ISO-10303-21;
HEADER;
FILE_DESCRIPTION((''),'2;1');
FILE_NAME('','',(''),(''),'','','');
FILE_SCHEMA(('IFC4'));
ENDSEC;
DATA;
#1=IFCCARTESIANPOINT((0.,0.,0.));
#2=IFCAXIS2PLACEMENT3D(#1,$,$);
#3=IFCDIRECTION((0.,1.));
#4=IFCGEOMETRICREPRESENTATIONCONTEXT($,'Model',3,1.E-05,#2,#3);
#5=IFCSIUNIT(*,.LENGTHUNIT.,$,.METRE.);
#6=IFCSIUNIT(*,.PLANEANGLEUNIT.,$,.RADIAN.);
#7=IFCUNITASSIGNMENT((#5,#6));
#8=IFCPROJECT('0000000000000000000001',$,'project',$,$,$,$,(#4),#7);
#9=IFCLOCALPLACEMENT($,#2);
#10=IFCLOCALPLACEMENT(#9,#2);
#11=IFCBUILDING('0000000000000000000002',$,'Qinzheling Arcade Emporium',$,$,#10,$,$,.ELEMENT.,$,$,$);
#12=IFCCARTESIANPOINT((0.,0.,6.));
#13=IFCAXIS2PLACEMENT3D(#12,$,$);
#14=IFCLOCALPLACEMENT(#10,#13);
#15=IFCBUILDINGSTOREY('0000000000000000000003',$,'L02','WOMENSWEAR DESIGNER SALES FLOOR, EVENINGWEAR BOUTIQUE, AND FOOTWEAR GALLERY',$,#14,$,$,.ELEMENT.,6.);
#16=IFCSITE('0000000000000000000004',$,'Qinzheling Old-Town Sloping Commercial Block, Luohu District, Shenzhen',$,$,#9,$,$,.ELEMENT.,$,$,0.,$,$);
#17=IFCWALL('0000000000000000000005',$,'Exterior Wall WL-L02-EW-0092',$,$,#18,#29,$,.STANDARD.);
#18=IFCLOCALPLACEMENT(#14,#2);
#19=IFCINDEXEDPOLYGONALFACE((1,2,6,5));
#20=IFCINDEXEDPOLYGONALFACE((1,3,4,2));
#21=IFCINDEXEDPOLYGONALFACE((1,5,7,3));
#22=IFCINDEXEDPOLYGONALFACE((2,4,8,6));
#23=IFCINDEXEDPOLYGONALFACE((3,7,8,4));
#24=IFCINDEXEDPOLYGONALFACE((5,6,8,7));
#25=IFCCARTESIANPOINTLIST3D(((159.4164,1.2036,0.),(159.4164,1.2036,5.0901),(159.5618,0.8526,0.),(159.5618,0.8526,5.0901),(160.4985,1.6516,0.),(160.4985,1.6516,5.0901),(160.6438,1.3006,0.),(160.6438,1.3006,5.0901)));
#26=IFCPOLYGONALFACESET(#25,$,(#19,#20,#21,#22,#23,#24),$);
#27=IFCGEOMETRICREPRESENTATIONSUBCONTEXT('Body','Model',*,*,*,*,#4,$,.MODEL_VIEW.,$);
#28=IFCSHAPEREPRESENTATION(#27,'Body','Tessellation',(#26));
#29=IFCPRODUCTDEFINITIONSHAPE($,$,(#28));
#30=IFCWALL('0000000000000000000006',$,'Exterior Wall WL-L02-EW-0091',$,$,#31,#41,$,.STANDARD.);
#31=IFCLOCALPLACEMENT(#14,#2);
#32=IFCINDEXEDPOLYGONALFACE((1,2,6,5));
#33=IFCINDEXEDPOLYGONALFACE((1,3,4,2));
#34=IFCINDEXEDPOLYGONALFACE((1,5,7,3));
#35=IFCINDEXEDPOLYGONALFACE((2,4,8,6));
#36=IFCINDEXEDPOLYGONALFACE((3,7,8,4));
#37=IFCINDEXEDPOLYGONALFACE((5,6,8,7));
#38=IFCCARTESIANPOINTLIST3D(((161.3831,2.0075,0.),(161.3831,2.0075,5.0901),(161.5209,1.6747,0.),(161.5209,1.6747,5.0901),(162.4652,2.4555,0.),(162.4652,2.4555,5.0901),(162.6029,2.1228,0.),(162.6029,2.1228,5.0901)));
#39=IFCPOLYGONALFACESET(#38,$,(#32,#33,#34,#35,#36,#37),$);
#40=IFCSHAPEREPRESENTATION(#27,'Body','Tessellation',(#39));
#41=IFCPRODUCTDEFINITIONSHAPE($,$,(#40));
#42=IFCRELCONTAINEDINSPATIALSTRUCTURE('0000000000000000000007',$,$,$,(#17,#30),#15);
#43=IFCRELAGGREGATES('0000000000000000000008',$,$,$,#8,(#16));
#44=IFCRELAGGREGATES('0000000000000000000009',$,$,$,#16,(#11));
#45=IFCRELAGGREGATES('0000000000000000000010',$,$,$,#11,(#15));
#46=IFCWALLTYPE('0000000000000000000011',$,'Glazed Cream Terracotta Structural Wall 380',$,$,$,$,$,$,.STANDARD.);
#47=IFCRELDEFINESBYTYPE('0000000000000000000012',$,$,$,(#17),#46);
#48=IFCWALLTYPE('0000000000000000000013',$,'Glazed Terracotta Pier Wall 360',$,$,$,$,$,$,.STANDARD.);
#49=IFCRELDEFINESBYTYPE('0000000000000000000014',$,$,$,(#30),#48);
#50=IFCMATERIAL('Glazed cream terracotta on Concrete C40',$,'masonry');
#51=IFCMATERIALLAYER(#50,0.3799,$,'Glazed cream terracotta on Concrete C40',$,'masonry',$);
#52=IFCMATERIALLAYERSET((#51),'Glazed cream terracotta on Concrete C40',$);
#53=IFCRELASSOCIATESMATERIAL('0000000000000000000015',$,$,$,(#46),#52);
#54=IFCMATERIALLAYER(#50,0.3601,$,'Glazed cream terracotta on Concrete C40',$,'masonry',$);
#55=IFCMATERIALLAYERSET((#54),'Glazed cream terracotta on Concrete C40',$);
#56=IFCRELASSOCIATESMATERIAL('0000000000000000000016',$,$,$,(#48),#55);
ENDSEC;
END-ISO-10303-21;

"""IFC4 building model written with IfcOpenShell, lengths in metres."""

from ifc_helpers import new_model, si_unit, direction, frame, frame_2d, origin, place, context, subcontext, project, spatial, rectangle, extrude, material, layer, layer_set, type_object, element, save


model = new_model("IFC4")

# Units and contexts
model_context = context("Model", 3, precision=1e-05, world=origin(), true_north=direction((0.0, 1.0)))
body_context = subcontext(model_context, "Body", "Model", "MODEL_VIEW")
ifc_project = project(units=[si_unit("LENGTHUNIT", "METRE"), si_unit("PLANEANGLEUNIT", "RADIAN")], contexts=[model_context])

# Site, building, storey
site_placement = place(None, origin())
site = spatial("IfcSite", under=ifc_project, at=site_placement, Name="Qinzheling Old-Town Sloping Commercial Block, Luohu District, Shenzhen", CompositionType="ELEMENT", RefElevation=0.0)
building_placement = place(site_placement, origin())
building = spatial("IfcBuilding", under=site, at=building_placement, Name="Qinzheling Arcade Emporium", CompositionType="ELEMENT")
storey_placement = place(building_placement, frame((0.0, 0.0, 6.0)))
storey = spatial("IfcBuildingStorey", under=building, at=storey_placement, Name="L02", Description="WOMENSWEAR DESIGNER SALES FLOOR, EVENINGWEAR BOUTIQUE, AND FOOTWEAR GALLERY", CompositionType="ELEMENT", Elevation=6.0)

# Walls
ifc_material_1 = material(Name="Glazed cream terracotta on Concrete C40", Category="masonry")
ifc_layer_1 = layer(ifc_material_1, 0.3799, Name="Glazed cream terracotta on Concrete C40", Category="masonry")
ifc_layer_set_1 = layer_set([ifc_layer_1], Name="Glazed cream terracotta on Concrete C40")
wall_type_1 = type_object("IfcWallType", Name="Glazed Cream Terracotta Structural Wall 380", PredefinedType="STANDARD", material=ifc_layer_set_1)
wall_1_placement = place(storey_placement, frame((160.571, 1.4761, 0.0), z_axis=(0.0, 0.0, 1.0), x_axis=(-0.923938, -0.382542, 0.0)))
element("IfcWall", 1, at=wall_1_placement, inside=storey, type_object=wall_type_1, Name="Exterior Wall WL-L02-EW-0092", PredefinedType="STANDARD", context=body_context, shape_type="SweptSolid", body=[
    extrude(rectangle(XDim=1.1711, YDim=0.3799, at=frame_2d((0.5854, 0.0))), origin(), (0.0, 0.0, 1.0), 5.0901),
])
ifc_layer_2 = layer(ifc_material_1, 0.3601, Name="Glazed cream terracotta on Concrete C40", Category="masonry")
ifc_layer_set_2 = layer_set([ifc_layer_2], Name="Glazed cream terracotta on Concrete C40")
wall_type_2 = type_object("IfcWallType", Name="Glazed Terracotta Pier Wall 360", PredefinedType="STANDARD", material=ifc_layer_set_2)
wall_2_placement = place(storey_placement, frame((162.5339, 2.2891, 0.0), z_axis=(0.0, 0.0, 1.0), x_axis=(-0.923938, -0.382542, 0.0)))
element("IfcWall", 2, at=wall_2_placement, inside=storey, type_object=wall_type_2, Name="Exterior Wall WL-L02-EW-0091", PredefinedType="STANDARD", context=body_context, shape_type="SweptSolid", body=[
    extrude(rectangle(XDim=1.1711, YDim=0.3601, at=frame_2d((0.5854, 0.0))), origin(), (0.0, 0.0, 1.0), 5.0901),
])

save(model, "model.ifc")
